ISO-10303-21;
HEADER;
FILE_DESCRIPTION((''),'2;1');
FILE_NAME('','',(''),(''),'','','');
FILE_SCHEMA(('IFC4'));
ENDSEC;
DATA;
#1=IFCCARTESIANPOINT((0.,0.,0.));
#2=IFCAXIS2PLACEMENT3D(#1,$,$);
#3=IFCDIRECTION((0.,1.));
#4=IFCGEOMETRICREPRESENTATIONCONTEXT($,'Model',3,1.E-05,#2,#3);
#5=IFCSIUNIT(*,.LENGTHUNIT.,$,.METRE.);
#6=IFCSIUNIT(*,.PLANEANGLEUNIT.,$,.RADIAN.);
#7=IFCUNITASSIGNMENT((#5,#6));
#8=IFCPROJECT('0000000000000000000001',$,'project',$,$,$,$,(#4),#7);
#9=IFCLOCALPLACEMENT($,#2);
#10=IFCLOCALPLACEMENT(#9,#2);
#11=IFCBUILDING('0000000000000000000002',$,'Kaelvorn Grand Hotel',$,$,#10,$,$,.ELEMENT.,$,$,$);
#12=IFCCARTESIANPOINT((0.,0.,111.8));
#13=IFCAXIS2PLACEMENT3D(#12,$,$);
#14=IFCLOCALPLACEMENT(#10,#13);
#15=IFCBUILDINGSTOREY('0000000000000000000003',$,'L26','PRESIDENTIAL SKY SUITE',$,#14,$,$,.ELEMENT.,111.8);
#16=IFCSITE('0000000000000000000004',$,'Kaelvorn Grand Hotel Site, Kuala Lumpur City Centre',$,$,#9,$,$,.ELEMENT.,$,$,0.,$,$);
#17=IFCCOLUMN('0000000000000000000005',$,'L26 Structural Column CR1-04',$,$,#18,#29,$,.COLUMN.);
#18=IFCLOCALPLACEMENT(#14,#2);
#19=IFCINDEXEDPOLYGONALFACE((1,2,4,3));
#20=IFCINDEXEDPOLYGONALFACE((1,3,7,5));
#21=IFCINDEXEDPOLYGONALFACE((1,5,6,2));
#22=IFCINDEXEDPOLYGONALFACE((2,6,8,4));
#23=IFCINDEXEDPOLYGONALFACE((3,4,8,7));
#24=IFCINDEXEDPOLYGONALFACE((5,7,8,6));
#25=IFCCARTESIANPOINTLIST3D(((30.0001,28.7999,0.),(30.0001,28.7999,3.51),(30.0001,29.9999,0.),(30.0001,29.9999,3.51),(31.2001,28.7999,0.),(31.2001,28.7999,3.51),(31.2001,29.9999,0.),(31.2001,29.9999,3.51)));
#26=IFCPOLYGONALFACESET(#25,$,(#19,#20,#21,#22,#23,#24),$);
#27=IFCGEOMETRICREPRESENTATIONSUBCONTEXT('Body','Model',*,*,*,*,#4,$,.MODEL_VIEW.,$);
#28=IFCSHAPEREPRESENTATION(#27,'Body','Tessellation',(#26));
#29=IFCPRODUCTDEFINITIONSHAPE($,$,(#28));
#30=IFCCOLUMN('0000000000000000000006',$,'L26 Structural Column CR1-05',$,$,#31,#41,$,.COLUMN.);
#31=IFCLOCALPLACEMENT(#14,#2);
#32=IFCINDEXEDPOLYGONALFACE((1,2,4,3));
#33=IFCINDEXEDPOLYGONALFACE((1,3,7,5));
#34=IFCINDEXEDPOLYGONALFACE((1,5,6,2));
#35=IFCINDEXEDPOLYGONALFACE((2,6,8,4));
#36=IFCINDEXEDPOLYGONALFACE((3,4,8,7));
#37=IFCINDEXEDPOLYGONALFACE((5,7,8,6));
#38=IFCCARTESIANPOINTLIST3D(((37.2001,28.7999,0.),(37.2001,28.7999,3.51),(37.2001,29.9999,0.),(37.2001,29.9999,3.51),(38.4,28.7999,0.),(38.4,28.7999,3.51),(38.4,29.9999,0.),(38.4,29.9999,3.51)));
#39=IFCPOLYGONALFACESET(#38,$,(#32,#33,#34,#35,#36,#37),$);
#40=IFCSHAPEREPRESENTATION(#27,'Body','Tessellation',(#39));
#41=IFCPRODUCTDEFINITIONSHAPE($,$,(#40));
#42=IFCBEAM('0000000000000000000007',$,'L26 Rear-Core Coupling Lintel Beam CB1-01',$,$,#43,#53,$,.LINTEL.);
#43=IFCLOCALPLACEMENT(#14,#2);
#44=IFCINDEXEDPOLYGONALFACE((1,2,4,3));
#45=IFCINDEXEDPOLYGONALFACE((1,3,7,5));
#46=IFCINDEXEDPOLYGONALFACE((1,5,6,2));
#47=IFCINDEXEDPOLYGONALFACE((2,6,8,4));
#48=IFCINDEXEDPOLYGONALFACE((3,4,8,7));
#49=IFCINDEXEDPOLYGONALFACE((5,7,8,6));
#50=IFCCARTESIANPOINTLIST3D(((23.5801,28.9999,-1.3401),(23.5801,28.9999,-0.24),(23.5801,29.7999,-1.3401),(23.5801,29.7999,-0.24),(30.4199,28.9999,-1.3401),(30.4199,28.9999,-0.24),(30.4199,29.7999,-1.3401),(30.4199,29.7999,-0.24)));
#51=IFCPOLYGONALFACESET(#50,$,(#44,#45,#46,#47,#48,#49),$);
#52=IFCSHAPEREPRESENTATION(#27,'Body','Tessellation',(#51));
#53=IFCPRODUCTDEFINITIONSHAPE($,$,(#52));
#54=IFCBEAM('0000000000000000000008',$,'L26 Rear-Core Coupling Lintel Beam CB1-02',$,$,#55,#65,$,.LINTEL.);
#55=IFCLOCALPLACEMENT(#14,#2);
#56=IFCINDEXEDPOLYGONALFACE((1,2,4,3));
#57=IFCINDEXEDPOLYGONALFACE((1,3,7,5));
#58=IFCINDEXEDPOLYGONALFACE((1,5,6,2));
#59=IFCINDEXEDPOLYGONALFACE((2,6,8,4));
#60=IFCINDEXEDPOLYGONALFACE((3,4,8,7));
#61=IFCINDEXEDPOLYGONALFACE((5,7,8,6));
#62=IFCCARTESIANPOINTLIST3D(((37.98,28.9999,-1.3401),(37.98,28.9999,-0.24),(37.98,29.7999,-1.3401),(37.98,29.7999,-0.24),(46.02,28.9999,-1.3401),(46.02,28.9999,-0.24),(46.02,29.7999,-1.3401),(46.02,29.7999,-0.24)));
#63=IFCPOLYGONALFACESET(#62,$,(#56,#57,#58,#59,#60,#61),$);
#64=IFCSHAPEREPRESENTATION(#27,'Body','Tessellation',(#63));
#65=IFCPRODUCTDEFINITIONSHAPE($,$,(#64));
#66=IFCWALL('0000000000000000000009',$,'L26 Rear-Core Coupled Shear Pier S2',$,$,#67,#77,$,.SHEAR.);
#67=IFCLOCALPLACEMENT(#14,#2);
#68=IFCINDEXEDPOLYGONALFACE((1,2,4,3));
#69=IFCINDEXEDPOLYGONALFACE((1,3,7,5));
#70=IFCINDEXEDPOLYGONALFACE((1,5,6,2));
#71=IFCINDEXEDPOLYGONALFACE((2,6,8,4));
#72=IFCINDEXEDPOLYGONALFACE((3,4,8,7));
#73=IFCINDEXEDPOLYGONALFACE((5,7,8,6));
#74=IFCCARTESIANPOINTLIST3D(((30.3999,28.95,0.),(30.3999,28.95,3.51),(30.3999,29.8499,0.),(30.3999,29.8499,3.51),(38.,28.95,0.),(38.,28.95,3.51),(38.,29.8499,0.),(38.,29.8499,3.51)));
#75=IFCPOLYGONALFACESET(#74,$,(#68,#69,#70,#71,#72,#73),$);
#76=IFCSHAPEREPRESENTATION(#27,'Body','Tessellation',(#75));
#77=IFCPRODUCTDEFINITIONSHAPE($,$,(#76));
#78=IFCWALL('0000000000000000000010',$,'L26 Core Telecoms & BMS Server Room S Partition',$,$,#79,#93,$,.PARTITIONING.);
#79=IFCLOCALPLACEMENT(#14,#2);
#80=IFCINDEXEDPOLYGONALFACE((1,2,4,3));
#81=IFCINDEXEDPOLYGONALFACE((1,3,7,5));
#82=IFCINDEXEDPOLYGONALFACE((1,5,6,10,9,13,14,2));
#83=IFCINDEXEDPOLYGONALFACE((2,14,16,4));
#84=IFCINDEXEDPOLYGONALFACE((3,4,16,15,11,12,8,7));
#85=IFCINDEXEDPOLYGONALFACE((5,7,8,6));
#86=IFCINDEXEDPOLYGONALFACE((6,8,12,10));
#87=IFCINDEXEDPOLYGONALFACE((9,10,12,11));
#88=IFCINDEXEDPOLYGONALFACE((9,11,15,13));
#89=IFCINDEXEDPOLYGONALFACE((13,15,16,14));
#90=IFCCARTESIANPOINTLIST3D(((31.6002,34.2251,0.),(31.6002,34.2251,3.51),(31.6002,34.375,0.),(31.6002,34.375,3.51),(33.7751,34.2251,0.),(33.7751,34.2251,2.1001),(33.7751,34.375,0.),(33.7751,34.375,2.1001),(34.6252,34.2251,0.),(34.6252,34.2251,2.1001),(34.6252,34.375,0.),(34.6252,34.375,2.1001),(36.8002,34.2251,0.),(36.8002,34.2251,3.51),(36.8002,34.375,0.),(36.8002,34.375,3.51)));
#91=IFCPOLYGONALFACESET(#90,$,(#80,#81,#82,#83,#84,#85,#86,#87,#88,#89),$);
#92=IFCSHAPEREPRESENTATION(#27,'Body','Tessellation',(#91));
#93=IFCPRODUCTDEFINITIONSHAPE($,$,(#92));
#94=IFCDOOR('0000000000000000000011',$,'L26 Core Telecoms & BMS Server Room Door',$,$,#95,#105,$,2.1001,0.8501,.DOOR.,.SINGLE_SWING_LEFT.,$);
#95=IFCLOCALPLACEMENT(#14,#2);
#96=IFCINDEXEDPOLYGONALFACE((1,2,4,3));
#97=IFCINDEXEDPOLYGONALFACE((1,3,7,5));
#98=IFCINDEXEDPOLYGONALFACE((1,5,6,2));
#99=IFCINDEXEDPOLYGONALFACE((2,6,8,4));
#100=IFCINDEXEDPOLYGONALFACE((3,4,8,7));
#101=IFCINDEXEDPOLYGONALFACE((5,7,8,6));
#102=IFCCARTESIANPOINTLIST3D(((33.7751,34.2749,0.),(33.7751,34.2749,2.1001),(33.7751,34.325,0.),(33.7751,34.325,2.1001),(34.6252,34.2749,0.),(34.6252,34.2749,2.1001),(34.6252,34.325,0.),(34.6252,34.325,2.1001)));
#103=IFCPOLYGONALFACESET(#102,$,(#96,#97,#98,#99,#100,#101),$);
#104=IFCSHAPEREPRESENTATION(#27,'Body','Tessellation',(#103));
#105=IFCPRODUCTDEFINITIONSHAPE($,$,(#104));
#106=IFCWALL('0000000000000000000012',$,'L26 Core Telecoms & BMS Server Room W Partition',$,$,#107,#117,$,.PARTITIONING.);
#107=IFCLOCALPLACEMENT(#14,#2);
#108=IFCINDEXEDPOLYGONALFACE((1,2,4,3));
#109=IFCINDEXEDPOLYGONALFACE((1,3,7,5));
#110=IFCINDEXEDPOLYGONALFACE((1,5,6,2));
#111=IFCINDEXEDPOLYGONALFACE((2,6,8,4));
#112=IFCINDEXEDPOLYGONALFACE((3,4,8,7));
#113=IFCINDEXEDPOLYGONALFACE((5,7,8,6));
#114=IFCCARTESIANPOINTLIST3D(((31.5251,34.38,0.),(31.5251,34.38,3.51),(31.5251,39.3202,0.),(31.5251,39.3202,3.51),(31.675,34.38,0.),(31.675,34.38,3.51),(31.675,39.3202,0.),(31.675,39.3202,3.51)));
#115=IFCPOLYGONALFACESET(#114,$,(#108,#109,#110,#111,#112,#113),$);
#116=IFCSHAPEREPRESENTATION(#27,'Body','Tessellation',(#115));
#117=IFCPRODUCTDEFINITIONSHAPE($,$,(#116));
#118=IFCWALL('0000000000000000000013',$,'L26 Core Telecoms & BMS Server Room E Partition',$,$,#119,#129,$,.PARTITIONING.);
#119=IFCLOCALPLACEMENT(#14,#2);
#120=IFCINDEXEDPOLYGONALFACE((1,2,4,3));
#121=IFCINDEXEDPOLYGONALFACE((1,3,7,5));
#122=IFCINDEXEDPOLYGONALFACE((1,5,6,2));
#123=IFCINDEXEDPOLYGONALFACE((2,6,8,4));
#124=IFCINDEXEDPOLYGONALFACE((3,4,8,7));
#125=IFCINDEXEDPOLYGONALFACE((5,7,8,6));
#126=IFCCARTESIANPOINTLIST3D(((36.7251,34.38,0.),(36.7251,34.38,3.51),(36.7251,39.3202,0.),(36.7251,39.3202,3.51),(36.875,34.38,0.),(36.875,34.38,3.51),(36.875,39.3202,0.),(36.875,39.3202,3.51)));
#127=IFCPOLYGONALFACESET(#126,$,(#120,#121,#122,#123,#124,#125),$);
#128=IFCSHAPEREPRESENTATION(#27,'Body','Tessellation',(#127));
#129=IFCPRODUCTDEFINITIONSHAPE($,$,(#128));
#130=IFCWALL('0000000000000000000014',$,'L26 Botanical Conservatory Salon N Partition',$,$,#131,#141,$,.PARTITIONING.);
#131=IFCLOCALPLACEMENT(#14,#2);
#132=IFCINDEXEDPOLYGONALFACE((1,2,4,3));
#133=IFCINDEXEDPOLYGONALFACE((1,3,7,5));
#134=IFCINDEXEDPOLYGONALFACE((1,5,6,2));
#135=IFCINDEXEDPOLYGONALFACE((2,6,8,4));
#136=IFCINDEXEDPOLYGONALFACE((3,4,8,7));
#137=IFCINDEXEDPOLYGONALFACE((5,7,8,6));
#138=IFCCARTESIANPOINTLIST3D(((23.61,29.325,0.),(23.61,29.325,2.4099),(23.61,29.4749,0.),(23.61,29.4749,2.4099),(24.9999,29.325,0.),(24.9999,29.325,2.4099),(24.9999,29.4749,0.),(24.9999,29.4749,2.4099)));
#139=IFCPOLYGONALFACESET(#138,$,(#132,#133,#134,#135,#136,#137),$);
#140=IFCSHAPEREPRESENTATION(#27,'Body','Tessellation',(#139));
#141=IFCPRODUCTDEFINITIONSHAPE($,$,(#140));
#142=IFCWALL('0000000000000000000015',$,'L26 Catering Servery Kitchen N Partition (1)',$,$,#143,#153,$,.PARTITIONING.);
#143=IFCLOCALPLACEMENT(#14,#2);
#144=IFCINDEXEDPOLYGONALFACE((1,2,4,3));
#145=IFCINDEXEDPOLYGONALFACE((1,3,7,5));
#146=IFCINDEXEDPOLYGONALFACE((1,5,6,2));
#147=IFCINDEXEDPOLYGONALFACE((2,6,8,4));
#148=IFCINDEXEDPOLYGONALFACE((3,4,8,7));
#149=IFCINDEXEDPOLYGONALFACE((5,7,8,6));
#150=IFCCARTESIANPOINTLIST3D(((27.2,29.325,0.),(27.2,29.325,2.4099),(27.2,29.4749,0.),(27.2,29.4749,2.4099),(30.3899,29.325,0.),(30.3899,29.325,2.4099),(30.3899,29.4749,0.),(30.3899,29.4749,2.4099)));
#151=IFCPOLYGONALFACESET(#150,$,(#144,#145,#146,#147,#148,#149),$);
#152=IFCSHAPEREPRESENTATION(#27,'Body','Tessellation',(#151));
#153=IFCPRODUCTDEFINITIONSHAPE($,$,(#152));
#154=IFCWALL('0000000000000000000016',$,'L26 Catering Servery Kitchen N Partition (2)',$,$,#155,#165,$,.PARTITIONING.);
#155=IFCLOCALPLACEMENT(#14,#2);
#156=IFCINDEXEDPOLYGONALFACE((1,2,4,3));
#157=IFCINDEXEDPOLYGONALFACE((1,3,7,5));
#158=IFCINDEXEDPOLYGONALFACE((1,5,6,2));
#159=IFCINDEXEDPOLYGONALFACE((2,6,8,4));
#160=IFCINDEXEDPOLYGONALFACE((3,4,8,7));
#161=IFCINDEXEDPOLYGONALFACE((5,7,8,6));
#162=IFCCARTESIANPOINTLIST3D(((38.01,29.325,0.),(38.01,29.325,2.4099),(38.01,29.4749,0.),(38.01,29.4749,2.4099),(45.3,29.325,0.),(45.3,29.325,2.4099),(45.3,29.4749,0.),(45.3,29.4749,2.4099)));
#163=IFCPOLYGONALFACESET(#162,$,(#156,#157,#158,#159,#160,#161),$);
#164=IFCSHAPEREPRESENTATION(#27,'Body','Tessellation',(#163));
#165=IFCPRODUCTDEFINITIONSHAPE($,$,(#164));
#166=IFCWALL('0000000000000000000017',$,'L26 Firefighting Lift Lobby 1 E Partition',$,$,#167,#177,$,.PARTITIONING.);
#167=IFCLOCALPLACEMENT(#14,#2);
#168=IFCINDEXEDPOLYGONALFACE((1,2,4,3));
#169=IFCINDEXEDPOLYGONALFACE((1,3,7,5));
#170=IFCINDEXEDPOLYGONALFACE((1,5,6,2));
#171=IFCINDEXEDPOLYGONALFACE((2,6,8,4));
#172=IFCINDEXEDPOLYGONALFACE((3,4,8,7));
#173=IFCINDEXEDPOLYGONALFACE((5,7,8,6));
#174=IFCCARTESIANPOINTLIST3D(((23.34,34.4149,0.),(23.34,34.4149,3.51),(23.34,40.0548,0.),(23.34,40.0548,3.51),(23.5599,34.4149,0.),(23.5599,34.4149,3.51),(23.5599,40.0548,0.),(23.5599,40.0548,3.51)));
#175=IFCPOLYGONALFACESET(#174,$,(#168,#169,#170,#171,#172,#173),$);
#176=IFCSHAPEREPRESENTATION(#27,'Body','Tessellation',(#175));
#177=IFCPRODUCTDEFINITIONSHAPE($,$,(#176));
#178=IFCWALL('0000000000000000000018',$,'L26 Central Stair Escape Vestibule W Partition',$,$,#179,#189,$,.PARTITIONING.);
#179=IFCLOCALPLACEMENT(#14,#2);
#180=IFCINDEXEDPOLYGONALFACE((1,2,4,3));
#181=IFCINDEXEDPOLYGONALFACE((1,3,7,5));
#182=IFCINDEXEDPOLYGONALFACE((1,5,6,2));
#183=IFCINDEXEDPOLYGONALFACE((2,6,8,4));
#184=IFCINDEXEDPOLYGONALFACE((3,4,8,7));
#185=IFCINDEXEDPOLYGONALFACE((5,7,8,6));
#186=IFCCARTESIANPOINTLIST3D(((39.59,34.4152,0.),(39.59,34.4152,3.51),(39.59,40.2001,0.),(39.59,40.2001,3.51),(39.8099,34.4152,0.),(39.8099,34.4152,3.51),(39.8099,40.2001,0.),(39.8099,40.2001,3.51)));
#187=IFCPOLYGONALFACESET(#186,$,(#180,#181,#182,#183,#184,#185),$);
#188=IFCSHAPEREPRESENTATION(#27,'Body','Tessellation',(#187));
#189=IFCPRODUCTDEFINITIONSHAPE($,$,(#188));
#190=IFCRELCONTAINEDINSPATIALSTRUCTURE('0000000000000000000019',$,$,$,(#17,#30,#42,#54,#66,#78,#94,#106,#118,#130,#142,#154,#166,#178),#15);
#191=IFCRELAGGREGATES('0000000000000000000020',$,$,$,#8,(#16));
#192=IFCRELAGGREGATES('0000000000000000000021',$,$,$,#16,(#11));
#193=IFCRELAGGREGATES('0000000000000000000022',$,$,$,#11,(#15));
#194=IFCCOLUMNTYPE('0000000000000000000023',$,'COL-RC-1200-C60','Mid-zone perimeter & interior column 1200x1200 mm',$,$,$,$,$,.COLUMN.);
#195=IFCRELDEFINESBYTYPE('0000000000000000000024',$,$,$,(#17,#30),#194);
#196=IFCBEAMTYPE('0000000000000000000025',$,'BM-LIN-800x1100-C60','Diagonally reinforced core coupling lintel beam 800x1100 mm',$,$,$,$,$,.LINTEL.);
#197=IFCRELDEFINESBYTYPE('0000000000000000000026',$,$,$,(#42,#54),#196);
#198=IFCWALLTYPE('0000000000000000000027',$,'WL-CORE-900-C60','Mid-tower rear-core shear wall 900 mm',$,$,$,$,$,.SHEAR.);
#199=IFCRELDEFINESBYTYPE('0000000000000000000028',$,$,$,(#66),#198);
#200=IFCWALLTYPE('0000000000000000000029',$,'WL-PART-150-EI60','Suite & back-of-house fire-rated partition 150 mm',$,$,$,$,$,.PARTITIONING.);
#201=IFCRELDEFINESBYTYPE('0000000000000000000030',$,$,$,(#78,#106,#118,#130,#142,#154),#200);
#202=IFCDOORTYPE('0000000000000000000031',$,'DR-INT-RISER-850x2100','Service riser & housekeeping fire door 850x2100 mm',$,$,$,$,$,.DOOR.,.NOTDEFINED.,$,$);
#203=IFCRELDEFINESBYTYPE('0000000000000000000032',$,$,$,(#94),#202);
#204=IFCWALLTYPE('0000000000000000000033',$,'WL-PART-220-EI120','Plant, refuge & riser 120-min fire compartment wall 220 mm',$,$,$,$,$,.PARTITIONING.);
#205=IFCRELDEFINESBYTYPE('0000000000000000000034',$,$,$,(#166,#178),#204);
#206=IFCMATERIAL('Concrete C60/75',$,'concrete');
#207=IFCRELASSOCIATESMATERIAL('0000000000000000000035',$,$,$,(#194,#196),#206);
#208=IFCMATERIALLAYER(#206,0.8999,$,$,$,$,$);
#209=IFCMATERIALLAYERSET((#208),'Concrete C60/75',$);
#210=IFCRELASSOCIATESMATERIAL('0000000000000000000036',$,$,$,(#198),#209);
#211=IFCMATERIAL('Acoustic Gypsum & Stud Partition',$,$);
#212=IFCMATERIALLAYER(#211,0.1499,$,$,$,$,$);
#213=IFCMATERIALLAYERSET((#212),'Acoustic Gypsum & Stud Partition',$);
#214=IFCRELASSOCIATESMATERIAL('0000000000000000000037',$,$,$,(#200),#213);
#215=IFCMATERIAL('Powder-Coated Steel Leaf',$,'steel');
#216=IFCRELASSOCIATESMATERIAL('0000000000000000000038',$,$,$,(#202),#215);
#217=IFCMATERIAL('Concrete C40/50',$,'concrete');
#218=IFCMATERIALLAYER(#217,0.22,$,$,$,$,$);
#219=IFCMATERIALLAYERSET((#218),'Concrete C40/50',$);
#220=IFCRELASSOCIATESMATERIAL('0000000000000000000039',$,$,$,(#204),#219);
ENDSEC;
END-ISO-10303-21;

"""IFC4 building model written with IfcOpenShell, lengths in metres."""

from ifc_helpers import new_model, si_unit, direction, frame, frame_2d, origin, origin_2d, place, context, subcontext, project, spatial, rectangle, extrude, material, layer, layer_set, material_profile, profile_set, type_object, element, fill, save


model = new_model("IFC4")

# Units and contexts
model_context = context("Model", 3, precision=1e-05, world=origin(), true_north=direction((0.0, 1.0)))
body_context = subcontext(model_context, "Body", "Model", "MODEL_VIEW")
ifc_project = project(units=[si_unit("LENGTHUNIT", "METRE"), si_unit("PLANEANGLEUNIT", "RADIAN")], contexts=[model_context])

# Site, building, storey
site_placement = place(None, origin())
site = spatial("IfcSite", under=ifc_project, at=site_placement, Name="Kaelvorn Grand Hotel Site, Kuala Lumpur City Centre", CompositionType="ELEMENT", RefElevation=0.0)
building_placement = place(site_placement, origin())
building = spatial("IfcBuilding", under=site, at=building_placement, Name="Kaelvorn Grand Hotel", CompositionType="ELEMENT")
storey_placement = place(building_placement, frame((0.0, 0.0, 111.8)))
storey = spatial("IfcBuildingStorey", under=building, at=storey_placement, Name="L26", Description="PRESIDENTIAL SKY SUITE", CompositionType="ELEMENT", Elevation=111.8)

# Columns
ifc_material_1 = material(Name="Concrete C60/75", Category="concrete")
ifc_material_profile_1 = material_profile(ifc_material_1, rectangle(XDim=1.2, YDim=1.2, at=origin_2d()), Name="RC COL 1200x1200")
ifc_profile_set_1 = profile_set([ifc_material_profile_1], Name="Concrete C60/75")
column_type = type_object("IfcColumnType", Name="COL-RC-1200-C60", Description="Mid-zone perimeter & interior column 1200x1200 mm", PredefinedType="COLUMN", material=ifc_profile_set_1)
for number, where, z_axis, x_axis, name in (
    (1, (30.6001, 29.3999, 0.0), (0.0, 0.0, 1.0), (1.0, 0.0, 0.0), "L26 Structural Column CR1-04"),
    (2, (37.8, 29.3999, 0.0), (0.0, 0.0, 1.0), (1.0, 0.0, 0.0), "L26 Structural Column CR1-05"),
):
    element("IfcColumn", number, at=place(storey_placement, frame(where, z_axis=z_axis, x_axis=x_axis)), inside=storey, type_object=column_type, Name=name, PredefinedType="COLUMN", context=body_context, shape_type="SweptSolid", body=[
        extrude(rectangle(XDim=1.2, YDim=1.2, at=origin_2d()), origin(), (0.0, 0.0, 1.0), 3.51),
    ])

# Beams
ifc_material_profile_2 = material_profile(ifc_material_1, rectangle(XDim=0.8, YDim=1.1001, at=origin_2d()), Name="RC LINTEL 800x1100")
ifc_profile_set_2 = profile_set([ifc_material_profile_2], Name="Concrete C60/75")
beam_type = type_object("IfcBeamType", Name="BM-LIN-800x1100-C60", Description="Diagonally reinforced core coupling lintel beam 800x1100 mm", PredefinedType="LINTEL", material=ifc_profile_set_2)
beam_1_placement = place(storey_placement, frame((23.5801, 29.3999, -0.79), z_axis=(1.0, 0.0, 0.0), x_axis=(0.0, 1.0, 0.0)))
element("IfcBeam", 3, at=beam_1_placement, inside=storey, type_object=beam_type, Name="L26 Rear-Core Coupling Lintel Beam CB1-01", PredefinedType="LINTEL", context=body_context, shape_type="SweptSolid", body=[
    extrude(rectangle(XDim=0.8, YDim=1.1001, at=origin_2d()), origin(), (0.0, 0.0, 1.0), 6.8398),
])
beam_2_placement = place(storey_placement, frame((37.98, 29.3999, -0.79), z_axis=(1.0, 0.0, 0.0), x_axis=(0.0, 1.0, 0.0)))
element("IfcBeam", 4, at=beam_2_placement, inside=storey, type_object=beam_type, Name="L26 Rear-Core Coupling Lintel Beam CB1-02", PredefinedType="LINTEL", context=body_context, shape_type="SweptSolid", body=[
    extrude(rectangle(XDim=0.8, YDim=1.1001, at=origin_2d()), origin(), (0.0, 0.0, 1.0), 8.04),
])

# Wall
ifc_layer_1 = layer(ifc_material_1, 0.8999)
ifc_layer_set_1 = layer_set([ifc_layer_1], Name="Concrete C60/75")
wall_type_1 = type_object("IfcWallType", Name="WL-CORE-900-C60", Description="Mid-tower rear-core shear wall 900 mm", PredefinedType="SHEAR", material=ifc_layer_set_1)
wall_1_placement = place(storey_placement, frame((30.3999, 29.3999, 0.0), z_axis=(0.0, 0.0, 1.0), x_axis=(1.0, 0.0, 0.0)))
element("IfcWall", 5, at=wall_1_placement, inside=storey, type_object=wall_type_1, Name="L26 Rear-Core Coupled Shear Pier S2", PredefinedType="SHEAR", context=body_context, shape_type="SweptSolid", body=[
    extrude(rectangle(XDim=7.6001, YDim=0.8999, at=frame_2d((3.8, 0.0))), origin(), (0.0, 0.0, 1.0), 3.51),
])

# Wall, opening, door
ifc_material_2 = material(Name="Acoustic Gypsum & Stud Partition")
ifc_layer_2 = layer(ifc_material_2, 0.1499)
ifc_layer_set_2 = layer_set([ifc_layer_2], Name="Acoustic Gypsum & Stud Partition")
wall_type_2 = type_object("IfcWallType", Name="WL-PART-150-EI60", Description="Suite & back-of-house fire-rated partition 150 mm", PredefinedType="PARTITIONING", material=ifc_layer_set_2)
wall_2_placement = place(storey_placement, frame((31.6001, 34.3, 0.0), z_axis=(0.0, 0.0, 1.0), x_axis=(1.0, 0.0, 0.0)))
wall_2 = element("IfcWall", 6, at=wall_2_placement, inside=storey, type_object=wall_type_2, Name="L26 Core Telecoms & BMS Server Room S Partition", PredefinedType="PARTITIONING", context=body_context, shape_type="SweptSolid", body=[
    extrude(rectangle(XDim=5.2, YDim=0.1499, at=frame_2d((2.6001, 0.0))), origin(), (0.0, 0.0, 1.0), 3.51),
])
opening_1_placement = place(wall_2_placement, frame((2.175, 0.0, 0.0)))
opening_1 = element("IfcOpeningElement", 7, at=opening_1_placement, cuts=wall_2, PredefinedType="OPENING", context=body_context, shape_type="SweptSolid", body=[
    extrude(rectangle(XDim=0.8501, YDim=2.1001, at=frame_2d((0.425, 1.05))), frame((0.0, 0.085, 0.0), z_axis=(0.0, -1.0, 0.0), x_axis=(1.0, 0.0, 0.0)), (0.0, 0.0, 1.0), 0.1699),
])
ifc_material_3 = material(Name="Powder-Coated Steel Leaf", Category="steel")
door_type_1 = type_object("IfcDoorType", Name="DR-INT-RISER-850x2100", Description="Service riser & housekeeping fire door 850x2100 mm", OperationType="NOTDEFINED", PredefinedType="DOOR", material=ifc_material_3)
door_1_placement = place(opening_1_placement, origin())
door_1 = element("IfcDoor", 8, at=door_1_placement, inside=storey, type_object=door_type_1, Name="L26 Core Telecoms & BMS Server Room Door", OperationType="SINGLE_SWING_LEFT", OverallHeight=2.1001, OverallWidth=0.8501, PredefinedType="DOOR", context=body_context, shape_type="SweptSolid", body=[
    extrude(rectangle(XDim=0.8501, YDim=2.1001, at=frame_2d((0.425, 1.05))), frame((0.0, 0.0249, 0.0), z_axis=(0.0, -1.0, 0.0), x_axis=(1.0, 0.0, 0.0)), (0.0, 0.0, 1.0), 0.05),
])
fill(opening_1, door_1)

# Walls
for number, where, z_axis, x_axis, name in (
    (9, (31.6001, 34.3799, 0.0), (0.0, 0.0, 1.0), (0.0, 1.0, 0.0), "L26 Core Telecoms & BMS Server Room W Partition"),
    (10, (36.8, 34.3799, 0.0), (0.0, 0.0, 1.0), (0.0, 1.0, 0.0), "L26 Core Telecoms & BMS Server Room E Partition"),
):
    element("IfcWall", number, at=place(storey_placement, frame(where, z_axis=z_axis, x_axis=x_axis)), inside=storey, type_object=wall_type_2, Name=name, PredefinedType="PARTITIONING", context=body_context, shape_type="SweptSolid", body=[
        extrude(rectangle(XDim=4.9402, YDim=0.1499, at=frame_2d((2.4702, 0.0))), origin(), (0.0, 0.0, 1.0), 3.51),
    ])
wall_3_placement = place(storey_placement, frame((23.6101, 29.3999, 0.0), z_axis=(0.0, 0.0, 1.0), x_axis=(1.0, 0.0, 0.0)))
element("IfcWall", 11, at=wall_3_placement, inside=storey, type_object=wall_type_2, Name="L26 Botanical Conservatory Salon N Partition", PredefinedType="PARTITIONING", context=body_context, shape_type="SweptSolid", body=[
    extrude(rectangle(XDim=1.3899, YDim=0.1499, at=frame_2d((0.6948, 0.0))), origin(), (0.0, 0.0, 1.0), 2.4099),
])
wall_4_placement = place(storey_placement, frame((27.2, 29.3999, 0.0), z_axis=(0.0, 0.0, 1.0), x_axis=(1.0, 0.0, 0.0)))
element("IfcWall", 12, at=wall_4_placement, inside=storey, type_object=wall_type_2, Name="L26 Catering Servery Kitchen N Partition (1)", PredefinedType="PARTITIONING", context=body_context, shape_type="SweptSolid", body=[
    extrude(rectangle(XDim=3.1899, YDim=0.1499, at=frame_2d((1.595, 0.0))), origin(), (0.0, 0.0, 1.0), 2.4099),
])
wall_5_placement = place(storey_placement, frame((38.01, 29.3999, 0.0), z_axis=(0.0, 0.0, 1.0), x_axis=(1.0, 0.0, 0.0)))
element("IfcWall", 13, at=wall_5_placement, inside=storey, type_object=wall_type_2, Name="L26 Catering Servery Kitchen N Partition (2)", PredefinedType="PARTITIONING", context=body_context, shape_type="SweptSolid", body=[
    extrude(rectangle(XDim=7.29, YDim=0.1499, at=frame_2d((3.645, 0.0))), origin(), (0.0, 0.0, 1.0), 2.4099),
])
ifc_material_4 = material(Name="Concrete C40/50", Category="concrete")
ifc_layer_3 = layer(ifc_material_4, 0.22)
ifc_layer_set_3 = layer_set([ifc_layer_3], Name="Concrete C40/50")
wall_type_3 = type_object("IfcWallType", Name="WL-PART-220-EI120", Description="Plant, refuge & riser 120-min fire compartment wall 220 mm", PredefinedType="PARTITIONING", material=ifc_layer_set_3)
wall_6_placement = place(storey_placement, frame((23.45, 34.415, 0.0), z_axis=(0.0, 0.0, 1.0), x_axis=(0.0, 1.0, 0.0)))
element("IfcWall", 14, at=wall_6_placement, inside=storey, type_object=wall_type_3, Name="L26 Firefighting Lift Lobby 1 E Partition", PredefinedType="PARTITIONING", context=body_context, shape_type="SweptSolid", body=[
    extrude(rectangle(XDim=5.6399, YDim=0.22, at=frame_2d((2.8198, 0.0))), origin(), (0.0, 0.0, 1.0), 3.51),
])

# Wall
wall_7_placement = place(storey_placement, frame((39.7, 34.415, 0.0), z_axis=(0.0, 0.0, 1.0), x_axis=(0.0, 1.0, 0.0)))
element("IfcWall", 15, at=wall_7_placement, inside=storey, type_object=wall_type_3, Name="L26 Central Stair Escape Vestibule W Partition", PredefinedType="PARTITIONING", context=body_context, shape_type="SweptSolid", body=[
    extrude(rectangle(XDim=5.7849, YDim=0.22, at=frame_2d((2.8926, 0.0))), origin(), (0.0, 0.0, 1.0), 3.51),
])

save(model, "model.ifc")
